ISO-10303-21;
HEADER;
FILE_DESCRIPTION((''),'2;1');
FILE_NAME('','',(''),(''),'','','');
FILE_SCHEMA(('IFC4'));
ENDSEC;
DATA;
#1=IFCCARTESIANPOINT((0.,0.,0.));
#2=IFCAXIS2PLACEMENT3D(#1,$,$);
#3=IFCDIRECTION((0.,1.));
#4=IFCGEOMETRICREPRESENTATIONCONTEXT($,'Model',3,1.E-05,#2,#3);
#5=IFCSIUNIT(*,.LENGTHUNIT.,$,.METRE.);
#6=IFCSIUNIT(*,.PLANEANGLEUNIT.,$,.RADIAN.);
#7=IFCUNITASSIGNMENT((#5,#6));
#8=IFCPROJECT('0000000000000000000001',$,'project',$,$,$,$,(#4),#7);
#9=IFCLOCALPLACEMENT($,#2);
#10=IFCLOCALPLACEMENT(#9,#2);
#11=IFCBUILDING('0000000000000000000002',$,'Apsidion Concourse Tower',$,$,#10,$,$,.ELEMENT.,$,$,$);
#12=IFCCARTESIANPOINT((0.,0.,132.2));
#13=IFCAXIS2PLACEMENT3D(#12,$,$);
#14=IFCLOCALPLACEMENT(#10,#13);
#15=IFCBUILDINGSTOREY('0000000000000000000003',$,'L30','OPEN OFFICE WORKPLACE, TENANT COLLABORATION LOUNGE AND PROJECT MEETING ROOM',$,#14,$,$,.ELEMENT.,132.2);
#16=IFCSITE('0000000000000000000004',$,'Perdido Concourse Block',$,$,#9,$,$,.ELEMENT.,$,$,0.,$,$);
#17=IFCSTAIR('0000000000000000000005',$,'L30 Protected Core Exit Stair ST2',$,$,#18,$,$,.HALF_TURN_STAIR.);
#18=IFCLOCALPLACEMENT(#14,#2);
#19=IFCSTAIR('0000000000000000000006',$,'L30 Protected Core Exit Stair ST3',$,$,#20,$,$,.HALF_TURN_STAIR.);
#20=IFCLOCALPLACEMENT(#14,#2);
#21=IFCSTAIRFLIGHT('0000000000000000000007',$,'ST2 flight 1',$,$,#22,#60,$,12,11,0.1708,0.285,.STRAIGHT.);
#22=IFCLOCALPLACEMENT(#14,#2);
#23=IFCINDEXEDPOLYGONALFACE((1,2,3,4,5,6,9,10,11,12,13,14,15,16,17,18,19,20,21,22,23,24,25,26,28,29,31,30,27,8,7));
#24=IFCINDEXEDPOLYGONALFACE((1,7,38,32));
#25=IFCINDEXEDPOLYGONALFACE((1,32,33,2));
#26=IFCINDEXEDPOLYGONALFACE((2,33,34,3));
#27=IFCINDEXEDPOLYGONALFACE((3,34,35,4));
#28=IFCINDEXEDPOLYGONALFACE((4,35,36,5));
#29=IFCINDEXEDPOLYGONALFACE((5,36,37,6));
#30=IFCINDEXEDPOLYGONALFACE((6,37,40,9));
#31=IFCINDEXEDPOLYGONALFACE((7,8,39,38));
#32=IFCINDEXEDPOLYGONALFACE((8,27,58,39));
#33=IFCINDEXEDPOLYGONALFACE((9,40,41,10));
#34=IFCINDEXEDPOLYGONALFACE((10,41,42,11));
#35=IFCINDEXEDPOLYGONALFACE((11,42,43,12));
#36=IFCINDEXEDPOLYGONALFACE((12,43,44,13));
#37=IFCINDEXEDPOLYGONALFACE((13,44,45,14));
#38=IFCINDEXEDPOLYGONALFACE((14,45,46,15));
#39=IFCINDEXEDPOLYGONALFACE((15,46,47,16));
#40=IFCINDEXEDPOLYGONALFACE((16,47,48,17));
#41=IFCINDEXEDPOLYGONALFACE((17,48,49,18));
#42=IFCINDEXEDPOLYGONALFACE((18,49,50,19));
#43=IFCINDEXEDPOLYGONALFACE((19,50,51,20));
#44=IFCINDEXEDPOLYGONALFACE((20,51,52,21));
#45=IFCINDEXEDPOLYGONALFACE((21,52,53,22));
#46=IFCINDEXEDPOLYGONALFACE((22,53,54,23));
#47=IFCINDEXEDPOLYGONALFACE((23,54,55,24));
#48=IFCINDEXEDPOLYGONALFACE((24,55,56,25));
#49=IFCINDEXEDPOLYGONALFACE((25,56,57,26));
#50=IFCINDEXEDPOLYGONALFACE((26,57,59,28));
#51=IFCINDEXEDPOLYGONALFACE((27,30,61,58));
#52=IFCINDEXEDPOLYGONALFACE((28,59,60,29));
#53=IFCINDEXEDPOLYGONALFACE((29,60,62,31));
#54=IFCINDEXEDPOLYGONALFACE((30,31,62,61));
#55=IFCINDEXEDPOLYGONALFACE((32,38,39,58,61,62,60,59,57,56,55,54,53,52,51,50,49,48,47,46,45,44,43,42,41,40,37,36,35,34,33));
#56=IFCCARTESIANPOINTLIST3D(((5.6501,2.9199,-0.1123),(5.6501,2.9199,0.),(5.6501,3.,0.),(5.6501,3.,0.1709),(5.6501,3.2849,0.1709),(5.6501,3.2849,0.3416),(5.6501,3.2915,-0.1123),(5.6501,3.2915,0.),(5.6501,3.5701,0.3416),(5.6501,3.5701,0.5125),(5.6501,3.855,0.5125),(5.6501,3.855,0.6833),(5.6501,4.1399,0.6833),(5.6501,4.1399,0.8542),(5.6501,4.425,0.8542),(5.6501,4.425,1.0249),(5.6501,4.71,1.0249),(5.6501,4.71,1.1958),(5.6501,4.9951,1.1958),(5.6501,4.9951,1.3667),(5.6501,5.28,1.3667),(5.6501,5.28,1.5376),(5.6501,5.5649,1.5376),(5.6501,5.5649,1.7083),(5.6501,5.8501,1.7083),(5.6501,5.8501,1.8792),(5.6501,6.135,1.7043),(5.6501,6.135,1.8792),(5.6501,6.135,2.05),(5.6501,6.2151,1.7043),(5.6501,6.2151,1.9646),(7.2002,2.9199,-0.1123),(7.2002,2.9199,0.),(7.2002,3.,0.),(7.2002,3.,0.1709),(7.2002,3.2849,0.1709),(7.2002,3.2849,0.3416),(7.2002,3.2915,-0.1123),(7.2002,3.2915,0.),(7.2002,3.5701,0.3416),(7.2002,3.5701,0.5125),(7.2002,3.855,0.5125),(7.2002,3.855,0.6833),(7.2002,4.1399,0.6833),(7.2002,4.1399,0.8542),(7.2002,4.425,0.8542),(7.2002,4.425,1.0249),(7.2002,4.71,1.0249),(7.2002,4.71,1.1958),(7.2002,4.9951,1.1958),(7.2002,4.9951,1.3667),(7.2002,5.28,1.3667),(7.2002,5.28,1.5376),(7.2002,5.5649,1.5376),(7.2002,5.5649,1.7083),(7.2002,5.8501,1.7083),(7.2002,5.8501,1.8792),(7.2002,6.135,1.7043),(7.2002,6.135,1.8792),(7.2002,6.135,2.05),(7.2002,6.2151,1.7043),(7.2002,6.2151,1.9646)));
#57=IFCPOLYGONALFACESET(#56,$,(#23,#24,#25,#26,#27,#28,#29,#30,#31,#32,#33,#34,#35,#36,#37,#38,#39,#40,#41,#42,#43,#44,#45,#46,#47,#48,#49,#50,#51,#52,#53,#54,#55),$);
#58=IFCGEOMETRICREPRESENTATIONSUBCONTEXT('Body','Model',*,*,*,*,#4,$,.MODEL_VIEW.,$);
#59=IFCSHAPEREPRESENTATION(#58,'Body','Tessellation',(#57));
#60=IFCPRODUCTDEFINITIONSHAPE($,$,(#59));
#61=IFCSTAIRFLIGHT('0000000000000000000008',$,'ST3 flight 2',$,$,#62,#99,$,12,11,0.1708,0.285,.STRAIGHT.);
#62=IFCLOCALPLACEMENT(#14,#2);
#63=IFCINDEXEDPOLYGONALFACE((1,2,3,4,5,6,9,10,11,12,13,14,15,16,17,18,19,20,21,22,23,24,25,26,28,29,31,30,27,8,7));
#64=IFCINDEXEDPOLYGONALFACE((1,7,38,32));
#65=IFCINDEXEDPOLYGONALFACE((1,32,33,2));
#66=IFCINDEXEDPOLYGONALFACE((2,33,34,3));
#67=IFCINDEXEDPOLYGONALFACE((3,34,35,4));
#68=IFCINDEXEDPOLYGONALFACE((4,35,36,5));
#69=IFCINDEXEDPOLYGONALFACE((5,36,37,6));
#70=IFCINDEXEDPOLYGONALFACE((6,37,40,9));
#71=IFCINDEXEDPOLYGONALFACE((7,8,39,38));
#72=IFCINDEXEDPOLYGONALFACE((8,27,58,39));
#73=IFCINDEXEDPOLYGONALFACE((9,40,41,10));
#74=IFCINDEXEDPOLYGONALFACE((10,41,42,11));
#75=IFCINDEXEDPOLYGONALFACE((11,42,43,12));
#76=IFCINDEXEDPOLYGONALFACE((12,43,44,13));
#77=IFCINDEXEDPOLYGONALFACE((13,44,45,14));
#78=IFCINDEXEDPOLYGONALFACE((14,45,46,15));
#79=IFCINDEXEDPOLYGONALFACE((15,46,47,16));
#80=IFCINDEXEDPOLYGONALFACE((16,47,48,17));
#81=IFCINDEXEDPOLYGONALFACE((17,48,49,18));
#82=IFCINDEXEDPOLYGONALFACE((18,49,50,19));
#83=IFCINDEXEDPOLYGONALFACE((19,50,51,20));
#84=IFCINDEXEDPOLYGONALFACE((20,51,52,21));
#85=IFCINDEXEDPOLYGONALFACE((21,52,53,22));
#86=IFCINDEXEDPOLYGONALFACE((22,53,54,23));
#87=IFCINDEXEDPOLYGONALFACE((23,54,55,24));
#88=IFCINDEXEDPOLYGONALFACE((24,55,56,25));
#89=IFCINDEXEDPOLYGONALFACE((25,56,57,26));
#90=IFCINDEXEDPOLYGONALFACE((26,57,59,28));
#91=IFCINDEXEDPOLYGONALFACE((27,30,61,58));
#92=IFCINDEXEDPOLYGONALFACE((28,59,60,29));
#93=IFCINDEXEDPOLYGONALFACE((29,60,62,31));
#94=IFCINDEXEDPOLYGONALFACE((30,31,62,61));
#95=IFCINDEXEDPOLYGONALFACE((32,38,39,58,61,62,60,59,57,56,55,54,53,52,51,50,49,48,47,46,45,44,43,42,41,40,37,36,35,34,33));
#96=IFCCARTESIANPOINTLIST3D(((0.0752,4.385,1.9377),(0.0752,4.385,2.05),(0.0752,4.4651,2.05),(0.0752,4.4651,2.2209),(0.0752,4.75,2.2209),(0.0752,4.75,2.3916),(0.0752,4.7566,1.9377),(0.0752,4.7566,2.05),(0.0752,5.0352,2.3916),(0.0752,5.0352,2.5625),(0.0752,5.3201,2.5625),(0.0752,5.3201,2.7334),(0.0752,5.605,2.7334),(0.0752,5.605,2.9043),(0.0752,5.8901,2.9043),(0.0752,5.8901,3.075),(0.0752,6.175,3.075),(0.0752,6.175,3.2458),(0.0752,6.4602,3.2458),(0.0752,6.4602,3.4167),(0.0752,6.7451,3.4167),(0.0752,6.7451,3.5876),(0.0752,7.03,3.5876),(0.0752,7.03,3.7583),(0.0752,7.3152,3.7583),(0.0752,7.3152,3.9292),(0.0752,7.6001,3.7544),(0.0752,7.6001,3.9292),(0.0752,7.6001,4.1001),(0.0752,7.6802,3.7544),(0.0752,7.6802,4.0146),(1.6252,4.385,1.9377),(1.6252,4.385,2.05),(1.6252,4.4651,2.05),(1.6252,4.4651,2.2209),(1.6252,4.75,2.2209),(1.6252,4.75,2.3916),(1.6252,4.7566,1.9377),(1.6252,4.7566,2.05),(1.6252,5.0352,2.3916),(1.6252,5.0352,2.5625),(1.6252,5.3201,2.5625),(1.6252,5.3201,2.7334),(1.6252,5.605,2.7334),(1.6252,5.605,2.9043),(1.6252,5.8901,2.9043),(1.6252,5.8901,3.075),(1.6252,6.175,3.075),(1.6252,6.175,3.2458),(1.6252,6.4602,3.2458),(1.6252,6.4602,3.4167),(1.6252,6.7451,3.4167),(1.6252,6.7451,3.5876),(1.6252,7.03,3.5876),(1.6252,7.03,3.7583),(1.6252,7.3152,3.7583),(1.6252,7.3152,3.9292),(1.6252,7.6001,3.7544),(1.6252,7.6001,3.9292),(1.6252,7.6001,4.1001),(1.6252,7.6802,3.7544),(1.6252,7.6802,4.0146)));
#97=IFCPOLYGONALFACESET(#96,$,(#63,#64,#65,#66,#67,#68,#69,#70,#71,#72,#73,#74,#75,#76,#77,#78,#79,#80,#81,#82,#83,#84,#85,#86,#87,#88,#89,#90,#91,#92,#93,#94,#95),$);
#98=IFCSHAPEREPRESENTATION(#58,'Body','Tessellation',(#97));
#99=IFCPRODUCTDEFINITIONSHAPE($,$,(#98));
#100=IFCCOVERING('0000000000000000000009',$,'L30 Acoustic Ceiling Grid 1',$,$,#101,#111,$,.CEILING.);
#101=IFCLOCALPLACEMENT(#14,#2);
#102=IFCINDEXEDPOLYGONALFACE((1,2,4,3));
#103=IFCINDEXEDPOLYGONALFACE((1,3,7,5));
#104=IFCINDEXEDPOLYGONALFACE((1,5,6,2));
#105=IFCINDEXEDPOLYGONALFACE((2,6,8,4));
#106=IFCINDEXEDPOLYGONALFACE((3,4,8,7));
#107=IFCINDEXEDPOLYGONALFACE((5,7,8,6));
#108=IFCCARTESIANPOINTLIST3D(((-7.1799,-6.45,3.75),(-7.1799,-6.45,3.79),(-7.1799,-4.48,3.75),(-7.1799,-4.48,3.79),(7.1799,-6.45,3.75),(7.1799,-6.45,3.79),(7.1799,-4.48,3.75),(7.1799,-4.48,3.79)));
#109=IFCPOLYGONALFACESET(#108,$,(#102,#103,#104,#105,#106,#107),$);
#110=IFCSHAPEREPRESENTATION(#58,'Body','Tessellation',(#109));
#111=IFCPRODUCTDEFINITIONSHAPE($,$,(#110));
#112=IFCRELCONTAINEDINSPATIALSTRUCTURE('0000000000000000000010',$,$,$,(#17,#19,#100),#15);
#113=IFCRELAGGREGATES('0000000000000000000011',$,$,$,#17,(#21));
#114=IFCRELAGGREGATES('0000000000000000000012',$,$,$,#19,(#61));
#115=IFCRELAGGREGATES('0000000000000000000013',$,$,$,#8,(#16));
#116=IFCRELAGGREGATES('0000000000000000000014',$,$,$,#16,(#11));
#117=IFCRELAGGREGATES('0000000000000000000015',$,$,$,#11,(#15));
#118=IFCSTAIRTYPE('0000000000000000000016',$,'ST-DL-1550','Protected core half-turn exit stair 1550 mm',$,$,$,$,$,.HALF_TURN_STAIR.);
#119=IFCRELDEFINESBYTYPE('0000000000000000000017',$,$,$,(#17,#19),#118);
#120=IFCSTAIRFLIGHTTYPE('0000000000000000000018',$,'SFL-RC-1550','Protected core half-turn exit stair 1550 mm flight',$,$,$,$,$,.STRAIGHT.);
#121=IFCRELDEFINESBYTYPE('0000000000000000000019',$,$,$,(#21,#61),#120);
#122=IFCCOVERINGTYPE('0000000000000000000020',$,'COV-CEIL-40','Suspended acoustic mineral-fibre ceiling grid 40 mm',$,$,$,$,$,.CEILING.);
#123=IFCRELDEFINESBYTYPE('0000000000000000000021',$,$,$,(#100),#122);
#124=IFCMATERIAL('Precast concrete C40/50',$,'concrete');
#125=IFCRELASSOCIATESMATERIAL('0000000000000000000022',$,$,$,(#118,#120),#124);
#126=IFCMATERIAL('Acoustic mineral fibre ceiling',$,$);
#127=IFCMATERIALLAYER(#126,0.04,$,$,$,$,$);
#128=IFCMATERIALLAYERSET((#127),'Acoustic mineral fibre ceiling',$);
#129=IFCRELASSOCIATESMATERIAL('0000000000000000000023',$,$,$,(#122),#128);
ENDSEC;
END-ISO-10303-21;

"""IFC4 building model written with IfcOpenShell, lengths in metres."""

from ifc_helpers import new_model, si_unit, direction, frame, origin, place, context, subcontext, project, spatial, polyline, outline, extrude, material, layer, layer_set, type_object, element, aggregate, save


model = new_model("IFC4")

# Units and contexts
model_context = context("Model", 3, precision=1e-05, world=origin(), true_north=direction((0.0, 1.0)))
body_context = subcontext(model_context, "Body", "Model", "MODEL_VIEW")
ifc_project = project(units=[si_unit("LENGTHUNIT", "METRE"), si_unit("PLANEANGLEUNIT", "RADIAN")], contexts=[model_context])

# Site, building, storey
site_placement = place(None, origin())
site = spatial("IfcSite", under=ifc_project, at=site_placement, Name="Perdido Concourse Block", CompositionType="ELEMENT", RefElevation=0.0)
building_placement = place(site_placement, origin())
building = spatial("IfcBuilding", under=site, at=building_placement, Name="Apsidion Concourse Tower", CompositionType="ELEMENT")
storey_placement = place(building_placement, frame((0.0, 0.0, 132.2)))
storey = spatial("IfcBuildingStorey", under=building, at=storey_placement, Name="L30", Description="OPEN OFFICE WORKPLACE, TENANT COLLABORATION LOUNGE AND PROJECT MEETING ROOM", CompositionType="ELEMENT", Elevation=132.2)

# Stairs
ifc_material_1 = material(Name="Precast concrete C40/50", Category="concrete")
stair_type = type_object("IfcStairType", Name="ST-DL-1550", Description="Protected core half-turn exit stair 1550 mm", PredefinedType="HALF_TURN_STAIR", material=ifc_material_1)
stair_1_placement = place(storey_placement, origin())
stair_1 = element("IfcStair", 1, at=stair_1_placement, inside=storey, type_object=stair_type, Name="L30 Protected Core Exit Stair ST2", PredefinedType="HALF_TURN_STAIR")
stair_2_placement = place(storey_placement, origin())
stair_2 = element("IfcStair", 2, at=stair_2_placement, inside=storey, type_object=stair_type, Name="L30 Protected Core Exit Stair ST3", PredefinedType="HALF_TURN_STAIR")

# Stair flights
stair_flight_type = type_object("IfcStairFlightType", Name="SFL-RC-1550", Description="Protected core half-turn exit stair 1550 mm flight", PredefinedType="STRAIGHT", material=ifc_material_1)
stair_flight_1_placement = place(storey_placement, frame((6.425, 3.0, 0.0), z_axis=(0.0, 0.0, 1.0), x_axis=(0.0, 1.0, 0.0)))
stair_flight_1 = element("IfcStairFlight", 3, at=stair_flight_1_placement, type_object=stair_flight_type, Name="ST2 flight 1", NumberOfRisers=12, NumberOfTreads=11, PredefinedType="STRAIGHT", RiserHeight=0.1708, TreadLength=0.285, context=body_context, shape_type="SweptSolid", body=[
    extrude(outline(polyline([(-0.0801, -0.1123), (-0.0801, 0.0), (0.0, 0.0), (0.0, 0.1709), (0.2849, 0.1709), (0.2849, 0.3416), (0.5701, 0.3416), (0.5701, 0.5125), (0.855, 0.5125), (0.855, 0.6833), (1.1399, 0.6833), (1.1399, 0.8542), (1.425, 0.8542), (1.425, 1.0249), (1.71, 1.0249), (1.71, 1.1958), (1.9951, 1.1958), (1.9951, 1.3667), (2.28, 1.3667), (2.28, 1.5376), (2.5649, 1.5376), (2.5649, 1.7083), (2.8501, 1.7083), (2.8501, 1.8792), (3.135, 1.8792), (3.135, 2.05), (3.2151, 1.9646), (3.2151, 1.7043), (3.135, 1.7043), (0.2915, 0.0), (0.2915, -0.1123), (-0.0801, -0.1123)])), frame((0.0, 0.7749, 0.0), z_axis=(0.0, -1.0, 0.0), x_axis=(1.0, 0.0, 0.0)), (0.0, 0.0, 1.0), 1.55),
])
aggregate(stair_1, [stair_flight_1])
stair_flight_2_placement = place(storey_placement, frame((0.8501, 4.4651, 2.05), z_axis=(0.0, 0.0, 1.0), x_axis=(0.0, 1.0, 0.0)))
stair_flight_2 = element("IfcStairFlight", 4, at=stair_flight_2_placement, type_object=stair_flight_type, Name="ST3 flight 2", NumberOfRisers=12, NumberOfTreads=11, PredefinedType="STRAIGHT", RiserHeight=0.1708, TreadLength=0.285, context=body_context, shape_type="SweptSolid", body=[
    extrude(outline(polyline([(-0.0801, -0.1123), (-0.0801, 0.0), (0.0, 0.0), (0.0, 0.1709), (0.2849, 0.1709), (0.2849, 0.3416), (0.5701, 0.3416), (0.5701, 0.5125), (0.855, 0.5125), (0.855, 0.6833), (1.1399, 0.6833), (1.1399, 0.8542), (1.425, 0.8542), (1.425, 1.0249), (1.71, 1.0249), (1.71, 1.1958), (1.9951, 1.1958), (1.9951, 1.3667), (2.28, 1.3667), (2.28, 1.5376), (2.5649, 1.5376), (2.5649, 1.7083), (2.8501, 1.7083), (2.8501, 1.8792), (3.135, 1.8792), (3.135, 2.05), (3.2151, 1.9646), (3.2151, 1.7043), (3.135, 1.7043), (0.2915, 0.0), (0.2915, -0.1123), (-0.0801, -0.1123)])), frame((0.0, 0.7749, 0.0), z_axis=(0.0, -1.0, 0.0), x_axis=(1.0, 0.0, 0.0)), (0.0, 0.0, 1.0), 1.55),
])
aggregate(stair_2, [stair_flight_2])

# Covering
ifc_material_2 = material(Name="Acoustic mineral fibre ceiling")
ifc_layer_1 = layer(ifc_material_2, 0.04)
ifc_layer_set_1 = layer_set([ifc_layer_1], Name="Acoustic mineral fibre ceiling")
covering_type_1 = type_object("IfcCoveringType", Name="COV-CEIL-40", Description="Suspended acoustic mineral-fibre ceiling grid 40 mm", PredefinedType="CEILING", material=ifc_layer_set_1)
covering_1_placement = place(storey_placement, frame((0.0, 0.0, 3.75)))
element("IfcCovering", 5, at=covering_1_placement, inside=storey, type_object=covering_type_1, Name="L30 Acoustic Ceiling Grid 1", PredefinedType="CEILING", context=body_context, shape_type="SweptSolid", body=[
    extrude(outline(polyline([(-7.1799, -6.45), (-7.1799, -4.48), (7.1799, -4.48), (7.1799, -6.45), (-7.1799, -6.45)])), origin(), (0.0, 0.0, 1.0), 0.04),
])

save(model, "model.ifc")
